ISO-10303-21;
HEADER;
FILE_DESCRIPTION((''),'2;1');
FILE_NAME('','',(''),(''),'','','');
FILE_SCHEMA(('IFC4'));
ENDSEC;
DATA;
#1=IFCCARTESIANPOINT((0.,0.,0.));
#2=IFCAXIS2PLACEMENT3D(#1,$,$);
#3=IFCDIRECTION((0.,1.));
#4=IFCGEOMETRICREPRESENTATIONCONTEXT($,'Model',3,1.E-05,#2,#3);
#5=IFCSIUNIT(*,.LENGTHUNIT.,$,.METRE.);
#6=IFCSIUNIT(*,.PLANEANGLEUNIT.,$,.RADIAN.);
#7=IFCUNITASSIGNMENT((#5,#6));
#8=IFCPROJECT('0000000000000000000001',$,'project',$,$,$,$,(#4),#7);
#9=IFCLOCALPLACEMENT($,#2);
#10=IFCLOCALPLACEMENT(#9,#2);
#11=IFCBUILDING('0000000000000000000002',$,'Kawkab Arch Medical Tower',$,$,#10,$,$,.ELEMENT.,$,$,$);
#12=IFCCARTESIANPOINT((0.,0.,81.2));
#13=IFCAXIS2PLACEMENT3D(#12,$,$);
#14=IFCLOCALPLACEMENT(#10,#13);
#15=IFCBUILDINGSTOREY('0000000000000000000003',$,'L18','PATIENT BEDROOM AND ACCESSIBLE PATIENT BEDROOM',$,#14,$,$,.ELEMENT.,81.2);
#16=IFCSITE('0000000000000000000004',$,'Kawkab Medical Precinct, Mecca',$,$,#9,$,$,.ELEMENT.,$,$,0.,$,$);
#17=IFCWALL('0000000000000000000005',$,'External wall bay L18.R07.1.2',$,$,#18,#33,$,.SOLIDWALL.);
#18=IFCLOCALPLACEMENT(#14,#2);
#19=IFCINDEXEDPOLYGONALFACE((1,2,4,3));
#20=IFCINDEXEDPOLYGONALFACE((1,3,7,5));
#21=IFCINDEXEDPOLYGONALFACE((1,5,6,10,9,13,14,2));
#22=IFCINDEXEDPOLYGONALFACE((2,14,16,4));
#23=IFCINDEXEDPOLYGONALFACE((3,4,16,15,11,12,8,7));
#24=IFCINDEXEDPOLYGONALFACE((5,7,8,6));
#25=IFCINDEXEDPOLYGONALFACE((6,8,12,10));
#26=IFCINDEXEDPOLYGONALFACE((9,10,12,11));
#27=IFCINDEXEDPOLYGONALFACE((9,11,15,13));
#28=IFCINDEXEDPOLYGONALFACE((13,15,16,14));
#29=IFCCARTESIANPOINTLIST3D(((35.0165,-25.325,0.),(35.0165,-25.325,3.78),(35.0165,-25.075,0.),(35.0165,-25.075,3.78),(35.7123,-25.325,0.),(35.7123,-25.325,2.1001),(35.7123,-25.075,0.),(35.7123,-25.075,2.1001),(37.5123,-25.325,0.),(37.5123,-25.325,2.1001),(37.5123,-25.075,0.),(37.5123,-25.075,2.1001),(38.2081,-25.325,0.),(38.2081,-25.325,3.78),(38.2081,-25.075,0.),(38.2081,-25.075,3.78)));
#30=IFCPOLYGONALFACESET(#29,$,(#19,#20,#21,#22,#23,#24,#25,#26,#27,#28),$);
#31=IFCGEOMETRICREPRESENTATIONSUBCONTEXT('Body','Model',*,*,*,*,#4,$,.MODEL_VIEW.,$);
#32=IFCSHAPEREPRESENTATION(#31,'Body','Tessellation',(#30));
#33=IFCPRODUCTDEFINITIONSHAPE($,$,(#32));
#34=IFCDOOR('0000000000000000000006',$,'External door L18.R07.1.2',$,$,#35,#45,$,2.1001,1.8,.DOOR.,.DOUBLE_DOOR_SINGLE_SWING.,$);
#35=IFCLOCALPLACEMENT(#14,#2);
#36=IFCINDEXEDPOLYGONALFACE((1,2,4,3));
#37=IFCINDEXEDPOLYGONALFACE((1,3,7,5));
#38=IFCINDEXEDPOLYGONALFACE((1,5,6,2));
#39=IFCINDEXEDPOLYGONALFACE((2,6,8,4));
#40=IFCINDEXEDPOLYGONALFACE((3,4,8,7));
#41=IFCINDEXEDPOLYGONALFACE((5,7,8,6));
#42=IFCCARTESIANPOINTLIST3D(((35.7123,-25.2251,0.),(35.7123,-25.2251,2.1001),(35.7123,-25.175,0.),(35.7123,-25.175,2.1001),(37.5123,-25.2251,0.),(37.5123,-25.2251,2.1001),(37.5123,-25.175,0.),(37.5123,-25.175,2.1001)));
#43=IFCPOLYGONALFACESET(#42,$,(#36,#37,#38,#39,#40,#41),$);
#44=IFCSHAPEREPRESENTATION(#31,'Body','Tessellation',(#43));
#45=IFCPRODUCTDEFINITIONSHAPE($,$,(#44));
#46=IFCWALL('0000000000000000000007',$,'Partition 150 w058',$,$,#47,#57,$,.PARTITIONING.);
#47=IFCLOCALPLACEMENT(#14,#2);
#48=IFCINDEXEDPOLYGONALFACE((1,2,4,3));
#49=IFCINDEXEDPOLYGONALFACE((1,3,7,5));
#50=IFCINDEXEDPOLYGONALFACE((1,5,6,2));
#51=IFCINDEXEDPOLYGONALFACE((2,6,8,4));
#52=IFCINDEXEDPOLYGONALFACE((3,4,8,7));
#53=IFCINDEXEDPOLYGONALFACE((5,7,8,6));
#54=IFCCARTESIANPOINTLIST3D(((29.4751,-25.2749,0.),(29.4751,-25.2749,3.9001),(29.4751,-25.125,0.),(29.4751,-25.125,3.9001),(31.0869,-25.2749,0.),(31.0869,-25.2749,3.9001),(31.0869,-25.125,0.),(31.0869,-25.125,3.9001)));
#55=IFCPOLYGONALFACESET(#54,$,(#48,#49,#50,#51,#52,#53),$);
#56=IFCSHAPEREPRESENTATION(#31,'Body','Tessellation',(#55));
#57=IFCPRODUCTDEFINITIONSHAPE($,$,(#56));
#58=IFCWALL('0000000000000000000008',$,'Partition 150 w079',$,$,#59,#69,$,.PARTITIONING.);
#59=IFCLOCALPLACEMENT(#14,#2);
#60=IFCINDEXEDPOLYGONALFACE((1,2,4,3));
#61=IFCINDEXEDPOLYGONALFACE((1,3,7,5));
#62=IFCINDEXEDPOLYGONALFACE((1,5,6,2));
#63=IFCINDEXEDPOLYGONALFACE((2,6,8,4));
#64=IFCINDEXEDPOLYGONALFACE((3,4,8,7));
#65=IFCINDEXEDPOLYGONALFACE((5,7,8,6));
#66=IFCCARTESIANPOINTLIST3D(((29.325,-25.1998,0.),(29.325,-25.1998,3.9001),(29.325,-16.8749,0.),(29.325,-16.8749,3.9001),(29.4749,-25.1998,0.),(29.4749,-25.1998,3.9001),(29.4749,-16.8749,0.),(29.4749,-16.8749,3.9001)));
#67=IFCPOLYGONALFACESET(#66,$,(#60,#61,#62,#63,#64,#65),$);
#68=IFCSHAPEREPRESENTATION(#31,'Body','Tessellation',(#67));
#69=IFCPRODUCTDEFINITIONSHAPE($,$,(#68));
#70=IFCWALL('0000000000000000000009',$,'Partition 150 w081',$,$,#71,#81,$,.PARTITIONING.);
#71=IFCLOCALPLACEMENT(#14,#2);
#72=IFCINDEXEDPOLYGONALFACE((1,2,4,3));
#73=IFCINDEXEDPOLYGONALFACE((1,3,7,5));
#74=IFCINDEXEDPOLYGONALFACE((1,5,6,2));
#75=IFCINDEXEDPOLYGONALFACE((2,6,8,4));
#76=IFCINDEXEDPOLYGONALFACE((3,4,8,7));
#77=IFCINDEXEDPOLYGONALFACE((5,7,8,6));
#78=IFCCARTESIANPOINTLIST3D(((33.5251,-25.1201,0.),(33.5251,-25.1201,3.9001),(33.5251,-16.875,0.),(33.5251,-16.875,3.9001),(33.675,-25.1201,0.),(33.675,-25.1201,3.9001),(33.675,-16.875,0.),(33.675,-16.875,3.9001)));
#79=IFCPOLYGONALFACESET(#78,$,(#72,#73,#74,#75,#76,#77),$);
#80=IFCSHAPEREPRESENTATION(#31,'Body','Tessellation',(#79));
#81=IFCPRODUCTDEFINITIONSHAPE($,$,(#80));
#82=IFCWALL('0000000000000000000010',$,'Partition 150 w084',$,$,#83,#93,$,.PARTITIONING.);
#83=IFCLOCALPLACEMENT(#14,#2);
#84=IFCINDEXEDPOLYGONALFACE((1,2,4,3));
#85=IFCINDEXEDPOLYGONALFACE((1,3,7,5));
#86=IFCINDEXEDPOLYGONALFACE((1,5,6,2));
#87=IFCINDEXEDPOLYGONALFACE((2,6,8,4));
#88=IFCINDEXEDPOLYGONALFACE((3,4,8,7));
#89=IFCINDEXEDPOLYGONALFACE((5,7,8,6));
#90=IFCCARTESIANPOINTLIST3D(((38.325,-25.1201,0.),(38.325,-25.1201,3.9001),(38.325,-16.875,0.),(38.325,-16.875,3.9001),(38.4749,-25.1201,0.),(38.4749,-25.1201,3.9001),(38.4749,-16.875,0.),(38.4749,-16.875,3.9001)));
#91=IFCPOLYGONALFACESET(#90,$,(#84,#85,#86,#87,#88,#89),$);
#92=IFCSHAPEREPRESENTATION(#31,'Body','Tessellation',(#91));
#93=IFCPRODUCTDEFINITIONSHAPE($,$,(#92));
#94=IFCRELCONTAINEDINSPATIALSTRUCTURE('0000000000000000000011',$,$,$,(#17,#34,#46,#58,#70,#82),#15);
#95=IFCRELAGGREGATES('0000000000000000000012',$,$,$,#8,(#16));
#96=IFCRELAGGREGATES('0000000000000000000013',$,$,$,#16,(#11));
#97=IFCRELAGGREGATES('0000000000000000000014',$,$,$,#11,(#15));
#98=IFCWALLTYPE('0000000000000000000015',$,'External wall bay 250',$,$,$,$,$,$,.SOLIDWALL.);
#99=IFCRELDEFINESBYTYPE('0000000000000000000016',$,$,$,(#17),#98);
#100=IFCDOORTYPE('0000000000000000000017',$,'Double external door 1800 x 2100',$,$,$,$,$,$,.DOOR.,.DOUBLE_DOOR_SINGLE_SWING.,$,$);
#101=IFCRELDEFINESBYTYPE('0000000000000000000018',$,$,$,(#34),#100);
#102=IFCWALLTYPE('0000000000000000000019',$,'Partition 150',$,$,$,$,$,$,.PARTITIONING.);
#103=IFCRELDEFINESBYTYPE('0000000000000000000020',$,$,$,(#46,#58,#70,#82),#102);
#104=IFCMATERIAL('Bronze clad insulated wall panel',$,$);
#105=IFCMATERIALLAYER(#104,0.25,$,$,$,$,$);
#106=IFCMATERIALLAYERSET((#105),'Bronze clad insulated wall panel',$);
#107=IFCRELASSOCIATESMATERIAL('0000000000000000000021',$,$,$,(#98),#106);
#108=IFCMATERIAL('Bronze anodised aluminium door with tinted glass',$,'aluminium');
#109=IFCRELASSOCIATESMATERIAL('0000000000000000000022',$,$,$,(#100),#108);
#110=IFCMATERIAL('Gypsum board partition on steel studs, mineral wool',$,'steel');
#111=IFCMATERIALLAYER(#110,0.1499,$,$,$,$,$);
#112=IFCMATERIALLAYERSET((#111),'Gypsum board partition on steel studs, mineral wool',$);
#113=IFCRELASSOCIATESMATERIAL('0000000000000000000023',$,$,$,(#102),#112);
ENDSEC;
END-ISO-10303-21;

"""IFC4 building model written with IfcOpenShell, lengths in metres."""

from ifc_helpers import new_model, si_unit, direction, frame, frame_2d, origin, place, context, subcontext, project, spatial, rectangle, extrude, material, layer, layer_set, type_object, element, fill, save


model = new_model("IFC4")

# Units and contexts
model_context = context("Model", 3, precision=1e-05, world=origin(), true_north=direction((0.0, 1.0)))
body_context = subcontext(model_context, "Body", "Model", "MODEL_VIEW")
ifc_project = project(units=[si_unit("LENGTHUNIT", "METRE"), si_unit("PLANEANGLEUNIT", "RADIAN")], contexts=[model_context])

# Site, building, storey
site_placement = place(None, origin())
site = spatial("IfcSite", under=ifc_project, at=site_placement, Name="Kawkab Medical Precinct, Mecca", CompositionType="ELEMENT", RefElevation=0.0)
building_placement = place(site_placement, origin())
building = spatial("IfcBuilding", under=site, at=building_placement, Name="Kawkab Arch Medical Tower", CompositionType="ELEMENT")
storey_placement = place(building_placement, frame((0.0, 0.0, 81.2)))
storey = spatial("IfcBuildingStorey", under=building, at=storey_placement, Name="L18", Description="PATIENT BEDROOM AND ACCESSIBLE PATIENT BEDROOM", CompositionType="ELEMENT", Elevation=81.2)

# Wall, opening, door
ifc_material_1 = material(Name="Bronze clad insulated wall panel")
ifc_layer_1 = layer(ifc_material_1, 0.25)
ifc_layer_set_1 = layer_set([ifc_layer_1], Name="Bronze clad insulated wall panel")
wall_type_1 = type_object("IfcWallType", Name="External wall bay 250", PredefinedType="SOLIDWALL", material=ifc_layer_set_1)
wall_1_placement = place(storey_placement, frame((35.0166, -25.2, 0.0), z_axis=(0.0, 0.0, 1.0), x_axis=(1.0, 0.0, 0.0)))
wall_1 = element("IfcWall", 1, at=wall_1_placement, inside=storey, type_object=wall_type_1, Name="External wall bay L18.R07.1.2", PredefinedType="SOLIDWALL", context=body_context, shape_type="SweptSolid", body=[
    extrude(rectangle(XDim=3.1917, YDim=0.25, at=frame_2d((1.5957, 0.0))), origin(), (0.0, 0.0, 1.0), 3.78),
])
opening_1_placement = place(wall_1_placement, frame((0.6958, 0.0, 0.0)))
opening_1 = element("IfcOpeningElement", 2, at=opening_1_placement, cuts=wall_1, PredefinedType="OPENING", context=body_context, shape_type="SweptSolid", body=[
    extrude(rectangle(XDim=1.8, YDim=2.1001, at=frame_2d((0.8999, 1.05))), frame((0.0, 0.135, 0.0), z_axis=(0.0, -1.0, 0.0), x_axis=(1.0, 0.0, 0.0)), (0.0, 0.0, 1.0), 0.27),
])
ifc_material_2 = material(Name="Bronze anodised aluminium door with tinted glass", Category="aluminium")
door_type_1 = type_object("IfcDoorType", Name="Double external door 1800 x 2100", OperationType="DOUBLE_DOOR_SINGLE_SWING", PredefinedType="DOOR", material=ifc_material_2)
door_1_placement = place(opening_1_placement, origin())
door_1 = element("IfcDoor", 3, at=door_1_placement, inside=storey, type_object=door_type_1, Name="External door L18.R07.1.2", OperationType="DOUBLE_DOOR_SINGLE_SWING", OverallHeight=2.1001, OverallWidth=1.8, PredefinedType="DOOR", context=body_context, shape_type="SweptSolid", body=[
    extrude(rectangle(XDim=1.8, YDim=2.1001, at=frame_2d((0.8999, 1.05))), frame((0.0, 0.0249, 0.0), z_axis=(0.0, -1.0, 0.0), x_axis=(1.0, 0.0, 0.0)), (0.0, 0.0, 1.0), 0.05),
])
fill(opening_1, door_1)

# Wall
ifc_material_3 = material(Name="Gypsum board partition on steel studs, mineral wool", Category="steel")
ifc_layer_2 = layer(ifc_material_3, 0.1499)
ifc_layer_set_2 = layer_set([ifc_layer_2], Name="Gypsum board partition on steel studs, mineral wool")
wall_type_2 = type_object("IfcWallType", Name="Partition 150", PredefinedType="PARTITIONING", material=ifc_layer_set_2)
wall_2_placement = place(storey_placement, frame((29.4751, -25.2, 0.0), z_axis=(0.0, 0.0, 1.0), x_axis=(1.0, 0.0, 0.0)))
element("IfcWall", 4, at=wall_2_placement, inside=storey, type_object=wall_type_2, Name="Partition 150 w058", PredefinedType="PARTITIONING", context=body_context, shape_type="SweptSolid", body=[
    extrude(rectangle(XDim=1.6118, YDim=0.1499, at=frame_2d((0.8059, 0.0))), origin(), (0.0, 0.0, 1.0), 3.9001),
])

# Walls
wall_3_placement = place(storey_placement, frame((29.3999, -25.2, 0.0), z_axis=(0.0, 0.0, 1.0), x_axis=(0.0, 1.0, 0.0)))
element("IfcWall", 5, at=wall_3_placement, inside=storey, type_object=wall_type_2, Name="Partition 150 w079", PredefinedType="PARTITIONING", context=body_context, shape_type="SweptSolid", body=[
    extrude(rectangle(XDim=8.325, YDim=0.1499, at=frame_2d((4.1626, 0.0))), origin(), (0.0, 0.0, 1.0), 3.9001),
])
for number, where, z_axis, x_axis, name in (
    (6, (33.6001, -25.1201, 0.0), (0.0, 0.0, 1.0), (0.0, 1.0, 0.0), "Partition 150 w081"),
    (7, (38.3999, -25.1201, 0.0), (0.0, 0.0, 1.0), (0.0, 1.0, 0.0), "Partition 150 w084"),
):
    element("IfcWall", number, at=place(storey_placement, frame(where, z_axis=z_axis, x_axis=x_axis)), inside=storey, type_object=wall_type_2, Name=name, PredefinedType="PARTITIONING", context=body_context, shape_type="SweptSolid", body=[
        extrude(rectangle(XDim=8.2451, YDim=0.1499, at=frame_2d((4.1226, 0.0))), origin(), (0.0, 0.0, 1.0), 3.9001),
    ])

save(model, "model.ifc")
